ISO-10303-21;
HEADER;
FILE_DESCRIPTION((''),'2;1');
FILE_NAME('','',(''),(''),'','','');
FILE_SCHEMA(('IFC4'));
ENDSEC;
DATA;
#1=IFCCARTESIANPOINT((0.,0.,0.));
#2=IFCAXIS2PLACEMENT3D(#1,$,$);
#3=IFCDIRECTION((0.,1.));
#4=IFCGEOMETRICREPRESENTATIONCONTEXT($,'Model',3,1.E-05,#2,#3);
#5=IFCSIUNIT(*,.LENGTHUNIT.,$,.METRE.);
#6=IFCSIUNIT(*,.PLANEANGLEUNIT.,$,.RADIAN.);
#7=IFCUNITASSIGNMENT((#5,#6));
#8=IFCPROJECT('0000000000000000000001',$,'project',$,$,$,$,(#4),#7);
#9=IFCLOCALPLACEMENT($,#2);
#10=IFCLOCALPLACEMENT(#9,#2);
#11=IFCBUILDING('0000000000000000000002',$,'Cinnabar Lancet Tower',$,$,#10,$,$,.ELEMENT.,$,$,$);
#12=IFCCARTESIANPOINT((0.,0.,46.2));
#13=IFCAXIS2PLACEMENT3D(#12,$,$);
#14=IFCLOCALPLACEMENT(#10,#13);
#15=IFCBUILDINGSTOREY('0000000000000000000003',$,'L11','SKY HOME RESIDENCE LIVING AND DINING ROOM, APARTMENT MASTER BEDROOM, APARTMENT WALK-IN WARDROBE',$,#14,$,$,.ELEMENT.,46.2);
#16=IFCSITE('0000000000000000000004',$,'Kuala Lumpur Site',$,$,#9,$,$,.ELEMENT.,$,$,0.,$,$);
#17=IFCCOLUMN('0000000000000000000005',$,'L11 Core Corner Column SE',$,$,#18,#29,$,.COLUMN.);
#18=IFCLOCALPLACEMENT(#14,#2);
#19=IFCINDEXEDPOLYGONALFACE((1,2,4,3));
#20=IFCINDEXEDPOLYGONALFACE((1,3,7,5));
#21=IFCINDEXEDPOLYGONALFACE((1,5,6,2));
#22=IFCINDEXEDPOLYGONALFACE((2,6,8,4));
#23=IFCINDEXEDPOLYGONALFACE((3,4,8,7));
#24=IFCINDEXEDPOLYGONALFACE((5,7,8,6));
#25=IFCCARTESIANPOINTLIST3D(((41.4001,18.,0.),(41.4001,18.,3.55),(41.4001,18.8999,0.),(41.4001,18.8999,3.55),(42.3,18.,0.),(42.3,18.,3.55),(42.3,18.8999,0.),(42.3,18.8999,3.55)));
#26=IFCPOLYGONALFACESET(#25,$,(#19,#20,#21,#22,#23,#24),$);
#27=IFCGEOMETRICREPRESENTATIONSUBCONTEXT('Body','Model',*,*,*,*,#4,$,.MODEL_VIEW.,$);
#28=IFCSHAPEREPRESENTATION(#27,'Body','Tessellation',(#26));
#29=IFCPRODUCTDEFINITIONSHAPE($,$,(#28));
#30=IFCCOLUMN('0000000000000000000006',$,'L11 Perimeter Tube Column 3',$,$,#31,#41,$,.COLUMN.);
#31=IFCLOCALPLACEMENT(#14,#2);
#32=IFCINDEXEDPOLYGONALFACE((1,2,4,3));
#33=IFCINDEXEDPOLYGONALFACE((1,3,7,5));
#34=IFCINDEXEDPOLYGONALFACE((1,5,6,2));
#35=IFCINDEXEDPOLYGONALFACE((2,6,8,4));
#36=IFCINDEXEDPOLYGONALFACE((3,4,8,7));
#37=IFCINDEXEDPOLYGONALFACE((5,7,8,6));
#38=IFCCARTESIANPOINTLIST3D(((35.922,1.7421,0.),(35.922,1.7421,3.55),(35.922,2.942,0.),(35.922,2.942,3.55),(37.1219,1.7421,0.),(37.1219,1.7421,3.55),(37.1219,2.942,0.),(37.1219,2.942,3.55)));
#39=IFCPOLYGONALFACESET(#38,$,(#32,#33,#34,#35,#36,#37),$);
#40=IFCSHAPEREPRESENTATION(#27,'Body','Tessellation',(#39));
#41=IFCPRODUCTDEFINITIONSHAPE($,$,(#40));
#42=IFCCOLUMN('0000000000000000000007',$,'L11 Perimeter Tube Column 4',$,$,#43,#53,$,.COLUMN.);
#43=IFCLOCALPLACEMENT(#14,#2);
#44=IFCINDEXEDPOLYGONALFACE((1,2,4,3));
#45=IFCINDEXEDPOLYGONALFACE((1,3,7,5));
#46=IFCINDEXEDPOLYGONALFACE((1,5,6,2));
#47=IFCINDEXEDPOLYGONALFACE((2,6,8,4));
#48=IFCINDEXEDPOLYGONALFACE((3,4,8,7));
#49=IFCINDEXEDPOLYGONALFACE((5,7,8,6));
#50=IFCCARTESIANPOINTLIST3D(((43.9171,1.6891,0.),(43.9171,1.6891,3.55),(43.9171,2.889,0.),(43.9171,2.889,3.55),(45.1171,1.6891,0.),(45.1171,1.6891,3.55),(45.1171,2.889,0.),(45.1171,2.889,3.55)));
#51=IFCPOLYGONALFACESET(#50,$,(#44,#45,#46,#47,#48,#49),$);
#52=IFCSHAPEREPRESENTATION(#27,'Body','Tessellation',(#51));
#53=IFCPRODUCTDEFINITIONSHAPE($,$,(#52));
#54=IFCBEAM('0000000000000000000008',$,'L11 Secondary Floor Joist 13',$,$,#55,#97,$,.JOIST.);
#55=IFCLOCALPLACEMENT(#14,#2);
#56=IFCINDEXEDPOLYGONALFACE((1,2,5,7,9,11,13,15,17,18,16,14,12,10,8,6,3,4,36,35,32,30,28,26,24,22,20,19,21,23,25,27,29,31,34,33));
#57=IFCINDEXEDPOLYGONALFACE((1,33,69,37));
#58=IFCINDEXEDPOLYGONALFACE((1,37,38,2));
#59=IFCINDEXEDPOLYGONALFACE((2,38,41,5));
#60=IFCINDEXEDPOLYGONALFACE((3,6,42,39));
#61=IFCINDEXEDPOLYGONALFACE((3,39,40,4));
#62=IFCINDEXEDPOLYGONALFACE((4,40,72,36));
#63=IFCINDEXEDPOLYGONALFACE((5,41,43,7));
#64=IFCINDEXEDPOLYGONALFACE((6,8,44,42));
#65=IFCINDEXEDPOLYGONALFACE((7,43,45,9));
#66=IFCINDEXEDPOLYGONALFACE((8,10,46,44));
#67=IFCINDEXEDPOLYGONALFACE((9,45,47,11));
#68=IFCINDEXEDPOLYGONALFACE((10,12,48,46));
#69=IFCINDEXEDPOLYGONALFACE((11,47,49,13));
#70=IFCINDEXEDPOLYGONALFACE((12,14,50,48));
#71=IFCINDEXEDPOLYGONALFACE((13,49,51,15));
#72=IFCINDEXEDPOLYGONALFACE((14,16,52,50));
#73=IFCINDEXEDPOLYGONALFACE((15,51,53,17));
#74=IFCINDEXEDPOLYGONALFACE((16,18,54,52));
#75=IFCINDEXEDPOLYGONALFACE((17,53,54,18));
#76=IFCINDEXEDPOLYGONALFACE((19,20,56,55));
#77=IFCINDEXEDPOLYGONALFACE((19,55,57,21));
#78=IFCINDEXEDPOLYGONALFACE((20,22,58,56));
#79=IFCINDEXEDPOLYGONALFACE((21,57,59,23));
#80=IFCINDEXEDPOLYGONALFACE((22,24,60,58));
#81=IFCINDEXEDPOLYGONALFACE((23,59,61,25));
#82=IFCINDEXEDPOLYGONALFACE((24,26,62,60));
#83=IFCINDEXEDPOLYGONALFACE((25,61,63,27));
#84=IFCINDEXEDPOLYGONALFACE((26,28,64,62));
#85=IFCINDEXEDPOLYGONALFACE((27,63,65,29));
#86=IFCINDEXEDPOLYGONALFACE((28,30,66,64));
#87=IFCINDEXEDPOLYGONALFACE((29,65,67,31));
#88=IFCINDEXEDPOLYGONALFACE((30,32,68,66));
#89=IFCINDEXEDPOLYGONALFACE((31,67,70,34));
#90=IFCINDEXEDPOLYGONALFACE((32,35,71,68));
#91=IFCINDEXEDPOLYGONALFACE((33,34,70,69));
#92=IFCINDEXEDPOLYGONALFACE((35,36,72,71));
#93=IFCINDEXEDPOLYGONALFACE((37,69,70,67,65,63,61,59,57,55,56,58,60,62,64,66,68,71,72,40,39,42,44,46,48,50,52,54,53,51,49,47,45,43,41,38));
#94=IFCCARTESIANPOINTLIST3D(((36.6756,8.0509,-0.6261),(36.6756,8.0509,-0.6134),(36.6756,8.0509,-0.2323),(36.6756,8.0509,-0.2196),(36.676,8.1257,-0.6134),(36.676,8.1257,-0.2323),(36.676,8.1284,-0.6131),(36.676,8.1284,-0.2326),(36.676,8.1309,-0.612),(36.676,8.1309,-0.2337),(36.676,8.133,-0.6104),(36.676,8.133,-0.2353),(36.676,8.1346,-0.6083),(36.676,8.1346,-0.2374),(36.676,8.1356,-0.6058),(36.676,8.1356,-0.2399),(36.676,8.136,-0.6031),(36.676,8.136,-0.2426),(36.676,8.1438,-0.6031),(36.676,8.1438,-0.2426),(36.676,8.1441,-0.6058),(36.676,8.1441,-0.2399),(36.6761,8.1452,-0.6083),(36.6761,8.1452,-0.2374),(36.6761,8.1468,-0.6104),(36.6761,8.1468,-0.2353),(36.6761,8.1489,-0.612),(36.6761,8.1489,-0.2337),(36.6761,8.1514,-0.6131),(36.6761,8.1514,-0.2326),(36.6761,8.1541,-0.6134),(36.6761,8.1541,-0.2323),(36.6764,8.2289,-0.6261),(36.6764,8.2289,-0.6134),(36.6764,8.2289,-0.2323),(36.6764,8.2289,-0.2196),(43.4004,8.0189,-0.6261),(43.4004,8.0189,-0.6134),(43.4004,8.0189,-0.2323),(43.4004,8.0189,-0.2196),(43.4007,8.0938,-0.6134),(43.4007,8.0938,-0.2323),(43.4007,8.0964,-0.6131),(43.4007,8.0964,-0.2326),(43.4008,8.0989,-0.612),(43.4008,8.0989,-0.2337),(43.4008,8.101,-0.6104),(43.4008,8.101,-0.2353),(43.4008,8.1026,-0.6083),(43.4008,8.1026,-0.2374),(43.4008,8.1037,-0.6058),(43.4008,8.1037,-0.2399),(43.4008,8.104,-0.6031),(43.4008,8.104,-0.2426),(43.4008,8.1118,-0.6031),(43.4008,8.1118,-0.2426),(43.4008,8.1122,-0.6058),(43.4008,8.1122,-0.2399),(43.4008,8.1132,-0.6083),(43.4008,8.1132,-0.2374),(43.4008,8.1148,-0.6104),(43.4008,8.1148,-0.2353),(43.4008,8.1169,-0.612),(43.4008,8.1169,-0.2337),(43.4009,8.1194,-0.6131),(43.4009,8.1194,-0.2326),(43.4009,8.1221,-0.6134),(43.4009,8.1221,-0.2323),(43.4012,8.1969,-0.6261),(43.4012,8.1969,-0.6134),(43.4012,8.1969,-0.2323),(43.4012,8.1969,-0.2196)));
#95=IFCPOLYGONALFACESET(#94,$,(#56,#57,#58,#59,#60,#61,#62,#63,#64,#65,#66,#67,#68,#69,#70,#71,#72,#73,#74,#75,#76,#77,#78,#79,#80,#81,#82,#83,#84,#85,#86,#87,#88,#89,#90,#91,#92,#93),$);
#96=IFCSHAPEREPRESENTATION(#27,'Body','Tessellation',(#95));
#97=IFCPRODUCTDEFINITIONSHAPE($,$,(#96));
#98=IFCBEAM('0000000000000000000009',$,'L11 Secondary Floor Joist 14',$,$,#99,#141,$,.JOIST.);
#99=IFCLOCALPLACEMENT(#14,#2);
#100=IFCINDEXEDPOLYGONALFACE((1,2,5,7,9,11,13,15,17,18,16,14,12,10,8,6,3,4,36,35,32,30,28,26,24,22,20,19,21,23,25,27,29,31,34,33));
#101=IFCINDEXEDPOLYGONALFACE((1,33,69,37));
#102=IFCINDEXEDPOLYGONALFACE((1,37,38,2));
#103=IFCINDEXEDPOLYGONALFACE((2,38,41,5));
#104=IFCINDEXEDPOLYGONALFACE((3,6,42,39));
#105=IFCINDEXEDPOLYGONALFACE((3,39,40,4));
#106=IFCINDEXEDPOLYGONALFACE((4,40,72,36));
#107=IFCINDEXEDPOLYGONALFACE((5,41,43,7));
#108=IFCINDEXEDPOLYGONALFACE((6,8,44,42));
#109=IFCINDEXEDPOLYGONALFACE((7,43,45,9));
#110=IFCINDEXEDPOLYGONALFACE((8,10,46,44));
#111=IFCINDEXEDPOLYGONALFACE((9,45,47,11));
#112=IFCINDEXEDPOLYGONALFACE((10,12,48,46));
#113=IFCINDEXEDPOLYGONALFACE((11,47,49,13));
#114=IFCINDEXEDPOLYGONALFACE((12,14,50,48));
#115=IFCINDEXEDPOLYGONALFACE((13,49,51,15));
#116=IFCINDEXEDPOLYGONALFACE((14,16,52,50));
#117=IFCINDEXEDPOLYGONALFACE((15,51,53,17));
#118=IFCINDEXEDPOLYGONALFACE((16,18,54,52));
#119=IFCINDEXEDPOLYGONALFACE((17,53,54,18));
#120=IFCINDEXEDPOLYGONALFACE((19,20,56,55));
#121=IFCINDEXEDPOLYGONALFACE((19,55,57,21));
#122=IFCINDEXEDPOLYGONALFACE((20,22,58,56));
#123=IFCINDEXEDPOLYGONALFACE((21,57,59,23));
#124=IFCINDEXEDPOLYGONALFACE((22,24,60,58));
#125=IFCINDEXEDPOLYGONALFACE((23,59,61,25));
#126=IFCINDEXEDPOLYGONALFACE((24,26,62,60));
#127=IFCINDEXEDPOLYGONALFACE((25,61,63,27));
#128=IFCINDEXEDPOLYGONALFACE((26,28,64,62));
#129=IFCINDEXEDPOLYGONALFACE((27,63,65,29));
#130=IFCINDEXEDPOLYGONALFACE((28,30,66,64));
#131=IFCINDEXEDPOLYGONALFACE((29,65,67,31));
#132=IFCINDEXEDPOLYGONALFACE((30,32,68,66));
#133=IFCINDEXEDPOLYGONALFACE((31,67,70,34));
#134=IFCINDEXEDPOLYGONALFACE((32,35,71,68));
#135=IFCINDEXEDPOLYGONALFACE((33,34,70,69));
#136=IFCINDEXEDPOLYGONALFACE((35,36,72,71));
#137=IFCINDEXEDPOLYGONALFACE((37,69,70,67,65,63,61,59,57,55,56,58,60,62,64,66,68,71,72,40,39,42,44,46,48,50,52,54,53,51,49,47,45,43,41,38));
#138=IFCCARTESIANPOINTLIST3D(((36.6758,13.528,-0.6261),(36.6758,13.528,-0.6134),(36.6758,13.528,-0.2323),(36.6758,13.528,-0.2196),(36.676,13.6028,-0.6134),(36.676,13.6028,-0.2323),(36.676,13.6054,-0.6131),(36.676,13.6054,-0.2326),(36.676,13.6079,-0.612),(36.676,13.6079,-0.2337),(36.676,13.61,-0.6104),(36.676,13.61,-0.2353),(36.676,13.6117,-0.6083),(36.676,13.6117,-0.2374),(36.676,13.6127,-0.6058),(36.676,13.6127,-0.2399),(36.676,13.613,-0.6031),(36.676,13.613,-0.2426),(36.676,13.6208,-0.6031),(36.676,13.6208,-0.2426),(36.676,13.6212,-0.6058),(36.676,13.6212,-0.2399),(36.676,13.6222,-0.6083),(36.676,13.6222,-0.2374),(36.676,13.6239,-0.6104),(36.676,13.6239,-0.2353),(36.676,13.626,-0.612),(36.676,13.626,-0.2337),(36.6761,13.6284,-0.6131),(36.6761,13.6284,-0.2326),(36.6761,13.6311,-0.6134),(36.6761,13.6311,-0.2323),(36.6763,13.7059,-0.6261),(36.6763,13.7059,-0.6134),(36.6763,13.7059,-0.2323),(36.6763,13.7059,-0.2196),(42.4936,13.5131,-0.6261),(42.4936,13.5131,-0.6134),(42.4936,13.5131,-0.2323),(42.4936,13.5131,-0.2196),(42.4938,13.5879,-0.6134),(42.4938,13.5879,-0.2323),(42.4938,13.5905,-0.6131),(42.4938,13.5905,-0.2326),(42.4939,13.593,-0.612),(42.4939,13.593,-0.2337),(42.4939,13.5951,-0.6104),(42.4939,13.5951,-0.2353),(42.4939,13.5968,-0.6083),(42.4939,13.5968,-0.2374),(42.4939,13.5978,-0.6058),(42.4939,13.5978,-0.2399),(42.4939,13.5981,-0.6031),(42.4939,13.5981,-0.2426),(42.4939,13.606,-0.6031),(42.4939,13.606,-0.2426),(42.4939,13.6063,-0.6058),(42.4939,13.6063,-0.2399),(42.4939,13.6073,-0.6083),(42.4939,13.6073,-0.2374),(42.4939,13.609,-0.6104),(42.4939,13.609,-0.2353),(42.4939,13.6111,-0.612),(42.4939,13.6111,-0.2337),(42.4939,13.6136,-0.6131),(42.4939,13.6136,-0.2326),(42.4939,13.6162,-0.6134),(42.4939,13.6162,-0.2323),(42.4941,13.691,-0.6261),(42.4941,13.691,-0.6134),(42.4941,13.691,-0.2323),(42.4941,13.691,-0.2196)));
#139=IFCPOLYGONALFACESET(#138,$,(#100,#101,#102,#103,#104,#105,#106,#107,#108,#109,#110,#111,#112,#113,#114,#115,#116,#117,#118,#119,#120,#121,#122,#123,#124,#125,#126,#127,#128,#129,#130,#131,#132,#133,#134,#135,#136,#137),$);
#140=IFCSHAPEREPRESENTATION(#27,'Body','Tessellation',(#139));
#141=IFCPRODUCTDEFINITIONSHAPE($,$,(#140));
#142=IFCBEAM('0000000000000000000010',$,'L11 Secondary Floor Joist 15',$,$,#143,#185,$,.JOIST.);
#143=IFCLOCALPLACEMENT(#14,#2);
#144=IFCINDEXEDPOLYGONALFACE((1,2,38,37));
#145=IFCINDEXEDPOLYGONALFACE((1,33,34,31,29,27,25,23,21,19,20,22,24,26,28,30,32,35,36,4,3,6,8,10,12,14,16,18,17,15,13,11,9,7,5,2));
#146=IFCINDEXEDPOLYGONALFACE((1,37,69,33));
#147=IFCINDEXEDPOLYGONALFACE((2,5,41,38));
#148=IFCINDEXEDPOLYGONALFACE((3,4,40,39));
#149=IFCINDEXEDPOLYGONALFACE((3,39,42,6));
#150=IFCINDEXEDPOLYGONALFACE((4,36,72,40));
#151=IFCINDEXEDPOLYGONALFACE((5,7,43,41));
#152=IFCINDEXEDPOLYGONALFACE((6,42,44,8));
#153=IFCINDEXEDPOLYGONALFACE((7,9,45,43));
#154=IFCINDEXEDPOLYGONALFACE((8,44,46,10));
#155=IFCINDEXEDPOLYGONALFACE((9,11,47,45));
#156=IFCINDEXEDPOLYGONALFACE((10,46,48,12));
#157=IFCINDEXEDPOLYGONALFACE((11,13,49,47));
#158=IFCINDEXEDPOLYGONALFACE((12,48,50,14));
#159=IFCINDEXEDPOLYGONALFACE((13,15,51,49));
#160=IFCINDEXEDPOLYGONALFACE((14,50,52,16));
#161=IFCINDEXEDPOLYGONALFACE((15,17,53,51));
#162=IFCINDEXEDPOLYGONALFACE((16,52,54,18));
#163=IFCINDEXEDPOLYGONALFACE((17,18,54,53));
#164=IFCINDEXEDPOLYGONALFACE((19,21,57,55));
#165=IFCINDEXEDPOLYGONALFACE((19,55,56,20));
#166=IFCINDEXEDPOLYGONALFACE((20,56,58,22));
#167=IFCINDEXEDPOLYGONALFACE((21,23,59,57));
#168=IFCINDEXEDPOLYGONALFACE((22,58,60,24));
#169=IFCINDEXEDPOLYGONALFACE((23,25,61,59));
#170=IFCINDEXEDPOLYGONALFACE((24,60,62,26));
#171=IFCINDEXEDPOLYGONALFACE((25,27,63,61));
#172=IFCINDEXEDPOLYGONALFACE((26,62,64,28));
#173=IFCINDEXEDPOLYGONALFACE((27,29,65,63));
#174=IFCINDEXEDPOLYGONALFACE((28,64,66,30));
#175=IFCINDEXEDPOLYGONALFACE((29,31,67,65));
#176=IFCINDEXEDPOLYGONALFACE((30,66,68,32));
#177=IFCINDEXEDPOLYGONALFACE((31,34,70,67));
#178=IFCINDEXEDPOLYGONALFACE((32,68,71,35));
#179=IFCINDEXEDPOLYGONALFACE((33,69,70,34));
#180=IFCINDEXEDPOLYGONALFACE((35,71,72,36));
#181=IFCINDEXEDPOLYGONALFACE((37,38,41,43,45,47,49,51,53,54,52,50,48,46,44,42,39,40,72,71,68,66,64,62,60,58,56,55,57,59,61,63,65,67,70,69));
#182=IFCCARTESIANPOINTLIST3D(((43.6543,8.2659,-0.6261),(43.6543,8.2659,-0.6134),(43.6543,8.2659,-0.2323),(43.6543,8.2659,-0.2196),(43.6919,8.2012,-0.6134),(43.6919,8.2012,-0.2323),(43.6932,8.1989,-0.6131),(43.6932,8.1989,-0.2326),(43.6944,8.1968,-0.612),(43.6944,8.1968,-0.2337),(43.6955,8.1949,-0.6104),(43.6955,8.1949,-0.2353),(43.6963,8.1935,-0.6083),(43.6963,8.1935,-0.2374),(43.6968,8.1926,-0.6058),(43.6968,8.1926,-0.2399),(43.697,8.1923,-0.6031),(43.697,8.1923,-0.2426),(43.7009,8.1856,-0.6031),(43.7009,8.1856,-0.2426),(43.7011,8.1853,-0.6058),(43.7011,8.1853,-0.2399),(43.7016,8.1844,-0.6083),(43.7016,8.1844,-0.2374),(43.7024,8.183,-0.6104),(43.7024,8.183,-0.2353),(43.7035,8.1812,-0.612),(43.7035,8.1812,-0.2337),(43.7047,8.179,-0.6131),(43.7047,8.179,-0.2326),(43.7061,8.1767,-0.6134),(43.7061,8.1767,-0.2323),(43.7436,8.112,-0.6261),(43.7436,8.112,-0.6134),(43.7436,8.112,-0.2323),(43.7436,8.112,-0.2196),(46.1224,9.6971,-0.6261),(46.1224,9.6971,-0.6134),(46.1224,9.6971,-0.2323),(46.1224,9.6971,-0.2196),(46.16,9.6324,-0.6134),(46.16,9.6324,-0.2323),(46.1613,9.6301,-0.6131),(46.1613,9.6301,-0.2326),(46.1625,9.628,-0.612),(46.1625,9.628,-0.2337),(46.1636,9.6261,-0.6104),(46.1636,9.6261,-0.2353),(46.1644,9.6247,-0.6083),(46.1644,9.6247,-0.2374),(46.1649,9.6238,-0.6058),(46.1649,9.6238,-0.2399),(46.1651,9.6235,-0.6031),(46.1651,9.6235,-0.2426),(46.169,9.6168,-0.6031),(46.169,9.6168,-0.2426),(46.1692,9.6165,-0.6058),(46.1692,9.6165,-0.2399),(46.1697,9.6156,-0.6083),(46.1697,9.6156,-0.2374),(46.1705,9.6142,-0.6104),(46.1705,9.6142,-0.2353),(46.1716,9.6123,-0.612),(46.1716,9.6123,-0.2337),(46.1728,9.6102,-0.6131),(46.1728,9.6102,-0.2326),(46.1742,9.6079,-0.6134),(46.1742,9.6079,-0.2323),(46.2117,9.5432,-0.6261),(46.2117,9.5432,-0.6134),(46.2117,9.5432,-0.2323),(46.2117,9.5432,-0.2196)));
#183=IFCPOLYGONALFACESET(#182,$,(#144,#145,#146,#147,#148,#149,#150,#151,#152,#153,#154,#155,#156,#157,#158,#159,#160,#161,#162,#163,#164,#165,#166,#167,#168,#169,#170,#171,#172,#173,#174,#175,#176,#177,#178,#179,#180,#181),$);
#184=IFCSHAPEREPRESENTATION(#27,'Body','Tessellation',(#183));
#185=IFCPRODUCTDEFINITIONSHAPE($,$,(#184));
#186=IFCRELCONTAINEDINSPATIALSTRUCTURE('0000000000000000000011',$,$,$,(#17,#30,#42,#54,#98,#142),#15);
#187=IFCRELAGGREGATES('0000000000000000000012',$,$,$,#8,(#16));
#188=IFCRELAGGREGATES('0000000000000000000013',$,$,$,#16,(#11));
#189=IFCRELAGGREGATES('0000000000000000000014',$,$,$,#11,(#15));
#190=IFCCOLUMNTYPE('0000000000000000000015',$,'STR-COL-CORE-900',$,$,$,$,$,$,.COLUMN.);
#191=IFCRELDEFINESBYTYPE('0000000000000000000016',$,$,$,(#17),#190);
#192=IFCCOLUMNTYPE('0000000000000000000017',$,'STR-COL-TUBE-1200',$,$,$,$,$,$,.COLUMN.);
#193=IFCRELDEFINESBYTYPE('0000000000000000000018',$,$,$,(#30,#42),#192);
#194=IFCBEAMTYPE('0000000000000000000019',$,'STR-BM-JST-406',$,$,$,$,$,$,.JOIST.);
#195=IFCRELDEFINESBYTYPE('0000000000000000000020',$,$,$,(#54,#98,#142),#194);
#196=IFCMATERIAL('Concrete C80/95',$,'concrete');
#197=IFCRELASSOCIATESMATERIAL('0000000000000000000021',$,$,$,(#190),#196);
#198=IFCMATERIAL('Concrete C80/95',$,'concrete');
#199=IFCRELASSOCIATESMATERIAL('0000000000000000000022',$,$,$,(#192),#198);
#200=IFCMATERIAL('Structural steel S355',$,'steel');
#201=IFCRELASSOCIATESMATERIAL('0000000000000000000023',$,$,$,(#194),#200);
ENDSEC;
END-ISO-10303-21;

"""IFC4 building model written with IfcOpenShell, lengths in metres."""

from ifc_helpers import new_model, si_unit, direction, frame, origin, origin_2d, place, context, subcontext, project, spatial, rectangle, i_section, extrude, material, material_profile, profile_set, type_object, element, save


model = new_model("IFC4")

# Units and contexts
model_context = context("Model", 3, precision=1e-05, world=origin(), true_north=direction((0.0, 1.0)))
body_context = subcontext(model_context, "Body", "Model", "MODEL_VIEW")
ifc_project = project(units=[si_unit("LENGTHUNIT", "METRE"), si_unit("PLANEANGLEUNIT", "RADIAN")], contexts=[model_context])

# Site, building, storey
site_placement = place(None, origin())
site = spatial("IfcSite", under=ifc_project, at=site_placement, Name="Kuala Lumpur Site", CompositionType="ELEMENT", RefElevation=0.0)
building_placement = place(site_placement, origin())
building = spatial("IfcBuilding", under=site, at=building_placement, Name="Cinnabar Lancet Tower", CompositionType="ELEMENT")
storey_placement = place(building_placement, frame((0.0, 0.0, 46.2)))
storey = spatial("IfcBuildingStorey", under=building, at=storey_placement, Name="L11", Description="SKY HOME RESIDENCE LIVING AND DINING ROOM, APARTMENT MASTER BEDROOM, APARTMENT WALK-IN WARDROBE", CompositionType="ELEMENT", Elevation=46.2)

# Columns
ifc_material_1 = material(Name="Concrete C80/95", Category="concrete")
ifc_material_profile_1 = material_profile(ifc_material_1, rectangle(XDim=0.8999, YDim=0.8999, at=origin_2d()), Name="RC-COL 900x900")
ifc_profile_set_1 = profile_set([ifc_material_profile_1], Name="Concrete C80/95")
column_type_1 = type_object("IfcColumnType", Name="STR-COL-CORE-900", PredefinedType="COLUMN", material=ifc_profile_set_1)
column_placement = place(storey_placement, frame((41.8501, 18.45, 0.0), z_axis=(0.0, 0.0, 1.0), x_axis=(1.0, 0.0, 0.0)))
element("IfcColumn", 1, at=column_placement, inside=storey, type_object=column_type_1, Name="L11 Core Corner Column SE", PredefinedType="COLUMN", context=body_context, shape_type="SweptSolid", body=[
    extrude(rectangle(XDim=0.8999, YDim=0.8999, at=origin_2d()), origin(), (0.0, 0.0, 1.0), 3.55),
])
ifc_material_2 = material(Name="Concrete C80/95", Category="concrete")
ifc_material_profile_2 = material_profile(ifc_material_2, rectangle(XDim=1.2, YDim=1.2, at=origin_2d()), Name="RC-COL 1200x1200")
ifc_profile_set_2 = profile_set([ifc_material_profile_2], Name="Concrete C80/95")
column_type_2 = type_object("IfcColumnType", Name="STR-COL-TUBE-1200", PredefinedType="COLUMN", material=ifc_profile_set_2)
for number, where, z_axis, x_axis, name in (
    (2, (36.522, 2.342, 0.0), (0.0, 0.0, 1.0), (1.0, 0.0, 0.0), "L11 Perimeter Tube Column 3"),
    (3, (44.5171, 2.2891, 0.0), (0.0, 0.0, 1.0), (1.0, 0.0, 0.0), "L11 Perimeter Tube Column 4"),
):
    element("IfcColumn", number, at=place(storey_placement, frame(where, z_axis=z_axis, x_axis=x_axis)), inside=storey, type_object=column_type_2, Name=name, PredefinedType="COLUMN", context=body_context, shape_type="SweptSolid", body=[
        extrude(rectangle(XDim=1.2, YDim=1.2, at=origin_2d()), origin(), (0.0, 0.0, 1.0), 3.55),
    ])

# Beams
ifc_material_3 = material(Name="Structural steel S355", Category="steel")
ifc_material_profile_3 = material_profile(ifc_material_3, i_section(OverallWidth=0.178, OverallDepth=0.4065, WebThickness=0.0078, FlangeThickness=0.0127, FilletRadius=0.0103, at=origin_2d()), Name="UKB 406x178x60")
ifc_profile_set_3 = profile_set([ifc_material_profile_3], Name="Structural steel S355")
beam_type_1 = type_object("IfcBeamType", Name="STR-BM-JST-406", PredefinedType="JOIST", material=ifc_profile_set_3)
beam_1_placement = place(storey_placement, frame((36.676, 8.1399, -0.4229), z_axis=(0.999989, -0.004756, 0.0), x_axis=(0.004756, 0.999989, 0.0)))
element("IfcBeam", 4, at=beam_1_placement, inside=storey, type_object=beam_type_1, Name="L11 Secondary Floor Joist 13", PredefinedType="JOIST", context=body_context, shape_type="SweptSolid", body=[
    extrude(i_section(OverallWidth=0.178, OverallDepth=0.4065, WebThickness=0.0078, FlangeThickness=0.0127, FilletRadius=0.0103, at=origin_2d()), origin(), (0.0, 0.0, 1.0), 6.7249),
])
beam_2_placement = place(storey_placement, frame((36.676, 13.6169, -0.4229), z_axis=(0.999997, -0.00256, 0.0), x_axis=(0.00256, 0.999997, 0.0)))
element("IfcBeam", 5, at=beam_2_placement, inside=storey, type_object=beam_type_1, Name="L11 Secondary Floor Joist 14", PredefinedType="JOIST", context=body_context, shape_type="SweptSolid", body=[
    extrude(i_section(OverallWidth=0.178, OverallDepth=0.4065, WebThickness=0.0078, FlangeThickness=0.0127, FilletRadius=0.0103, at=origin_2d()), origin(), (0.0, 0.0, 1.0), 5.8179),
])
beam_3_placement = place(storey_placement, frame((43.699, 8.189, -0.4229), z_axis=(0.865076, 0.50164, 0.0), x_axis=(-0.50164, 0.865076, 0.0)))
element("IfcBeam", 6, at=beam_3_placement, inside=storey, type_object=beam_type_1, Name="L11 Secondary Floor Joist 15", PredefinedType="JOIST", context=body_context, shape_type="SweptSolid", body=[
    extrude(i_section(OverallWidth=0.178, OverallDepth=0.4065, WebThickness=0.0078, FlangeThickness=0.0127, FilletRadius=0.0103, at=origin_2d()), origin(), (0.0, 0.0, 1.0), 2.853),
])

save(model, "model.ifc")
